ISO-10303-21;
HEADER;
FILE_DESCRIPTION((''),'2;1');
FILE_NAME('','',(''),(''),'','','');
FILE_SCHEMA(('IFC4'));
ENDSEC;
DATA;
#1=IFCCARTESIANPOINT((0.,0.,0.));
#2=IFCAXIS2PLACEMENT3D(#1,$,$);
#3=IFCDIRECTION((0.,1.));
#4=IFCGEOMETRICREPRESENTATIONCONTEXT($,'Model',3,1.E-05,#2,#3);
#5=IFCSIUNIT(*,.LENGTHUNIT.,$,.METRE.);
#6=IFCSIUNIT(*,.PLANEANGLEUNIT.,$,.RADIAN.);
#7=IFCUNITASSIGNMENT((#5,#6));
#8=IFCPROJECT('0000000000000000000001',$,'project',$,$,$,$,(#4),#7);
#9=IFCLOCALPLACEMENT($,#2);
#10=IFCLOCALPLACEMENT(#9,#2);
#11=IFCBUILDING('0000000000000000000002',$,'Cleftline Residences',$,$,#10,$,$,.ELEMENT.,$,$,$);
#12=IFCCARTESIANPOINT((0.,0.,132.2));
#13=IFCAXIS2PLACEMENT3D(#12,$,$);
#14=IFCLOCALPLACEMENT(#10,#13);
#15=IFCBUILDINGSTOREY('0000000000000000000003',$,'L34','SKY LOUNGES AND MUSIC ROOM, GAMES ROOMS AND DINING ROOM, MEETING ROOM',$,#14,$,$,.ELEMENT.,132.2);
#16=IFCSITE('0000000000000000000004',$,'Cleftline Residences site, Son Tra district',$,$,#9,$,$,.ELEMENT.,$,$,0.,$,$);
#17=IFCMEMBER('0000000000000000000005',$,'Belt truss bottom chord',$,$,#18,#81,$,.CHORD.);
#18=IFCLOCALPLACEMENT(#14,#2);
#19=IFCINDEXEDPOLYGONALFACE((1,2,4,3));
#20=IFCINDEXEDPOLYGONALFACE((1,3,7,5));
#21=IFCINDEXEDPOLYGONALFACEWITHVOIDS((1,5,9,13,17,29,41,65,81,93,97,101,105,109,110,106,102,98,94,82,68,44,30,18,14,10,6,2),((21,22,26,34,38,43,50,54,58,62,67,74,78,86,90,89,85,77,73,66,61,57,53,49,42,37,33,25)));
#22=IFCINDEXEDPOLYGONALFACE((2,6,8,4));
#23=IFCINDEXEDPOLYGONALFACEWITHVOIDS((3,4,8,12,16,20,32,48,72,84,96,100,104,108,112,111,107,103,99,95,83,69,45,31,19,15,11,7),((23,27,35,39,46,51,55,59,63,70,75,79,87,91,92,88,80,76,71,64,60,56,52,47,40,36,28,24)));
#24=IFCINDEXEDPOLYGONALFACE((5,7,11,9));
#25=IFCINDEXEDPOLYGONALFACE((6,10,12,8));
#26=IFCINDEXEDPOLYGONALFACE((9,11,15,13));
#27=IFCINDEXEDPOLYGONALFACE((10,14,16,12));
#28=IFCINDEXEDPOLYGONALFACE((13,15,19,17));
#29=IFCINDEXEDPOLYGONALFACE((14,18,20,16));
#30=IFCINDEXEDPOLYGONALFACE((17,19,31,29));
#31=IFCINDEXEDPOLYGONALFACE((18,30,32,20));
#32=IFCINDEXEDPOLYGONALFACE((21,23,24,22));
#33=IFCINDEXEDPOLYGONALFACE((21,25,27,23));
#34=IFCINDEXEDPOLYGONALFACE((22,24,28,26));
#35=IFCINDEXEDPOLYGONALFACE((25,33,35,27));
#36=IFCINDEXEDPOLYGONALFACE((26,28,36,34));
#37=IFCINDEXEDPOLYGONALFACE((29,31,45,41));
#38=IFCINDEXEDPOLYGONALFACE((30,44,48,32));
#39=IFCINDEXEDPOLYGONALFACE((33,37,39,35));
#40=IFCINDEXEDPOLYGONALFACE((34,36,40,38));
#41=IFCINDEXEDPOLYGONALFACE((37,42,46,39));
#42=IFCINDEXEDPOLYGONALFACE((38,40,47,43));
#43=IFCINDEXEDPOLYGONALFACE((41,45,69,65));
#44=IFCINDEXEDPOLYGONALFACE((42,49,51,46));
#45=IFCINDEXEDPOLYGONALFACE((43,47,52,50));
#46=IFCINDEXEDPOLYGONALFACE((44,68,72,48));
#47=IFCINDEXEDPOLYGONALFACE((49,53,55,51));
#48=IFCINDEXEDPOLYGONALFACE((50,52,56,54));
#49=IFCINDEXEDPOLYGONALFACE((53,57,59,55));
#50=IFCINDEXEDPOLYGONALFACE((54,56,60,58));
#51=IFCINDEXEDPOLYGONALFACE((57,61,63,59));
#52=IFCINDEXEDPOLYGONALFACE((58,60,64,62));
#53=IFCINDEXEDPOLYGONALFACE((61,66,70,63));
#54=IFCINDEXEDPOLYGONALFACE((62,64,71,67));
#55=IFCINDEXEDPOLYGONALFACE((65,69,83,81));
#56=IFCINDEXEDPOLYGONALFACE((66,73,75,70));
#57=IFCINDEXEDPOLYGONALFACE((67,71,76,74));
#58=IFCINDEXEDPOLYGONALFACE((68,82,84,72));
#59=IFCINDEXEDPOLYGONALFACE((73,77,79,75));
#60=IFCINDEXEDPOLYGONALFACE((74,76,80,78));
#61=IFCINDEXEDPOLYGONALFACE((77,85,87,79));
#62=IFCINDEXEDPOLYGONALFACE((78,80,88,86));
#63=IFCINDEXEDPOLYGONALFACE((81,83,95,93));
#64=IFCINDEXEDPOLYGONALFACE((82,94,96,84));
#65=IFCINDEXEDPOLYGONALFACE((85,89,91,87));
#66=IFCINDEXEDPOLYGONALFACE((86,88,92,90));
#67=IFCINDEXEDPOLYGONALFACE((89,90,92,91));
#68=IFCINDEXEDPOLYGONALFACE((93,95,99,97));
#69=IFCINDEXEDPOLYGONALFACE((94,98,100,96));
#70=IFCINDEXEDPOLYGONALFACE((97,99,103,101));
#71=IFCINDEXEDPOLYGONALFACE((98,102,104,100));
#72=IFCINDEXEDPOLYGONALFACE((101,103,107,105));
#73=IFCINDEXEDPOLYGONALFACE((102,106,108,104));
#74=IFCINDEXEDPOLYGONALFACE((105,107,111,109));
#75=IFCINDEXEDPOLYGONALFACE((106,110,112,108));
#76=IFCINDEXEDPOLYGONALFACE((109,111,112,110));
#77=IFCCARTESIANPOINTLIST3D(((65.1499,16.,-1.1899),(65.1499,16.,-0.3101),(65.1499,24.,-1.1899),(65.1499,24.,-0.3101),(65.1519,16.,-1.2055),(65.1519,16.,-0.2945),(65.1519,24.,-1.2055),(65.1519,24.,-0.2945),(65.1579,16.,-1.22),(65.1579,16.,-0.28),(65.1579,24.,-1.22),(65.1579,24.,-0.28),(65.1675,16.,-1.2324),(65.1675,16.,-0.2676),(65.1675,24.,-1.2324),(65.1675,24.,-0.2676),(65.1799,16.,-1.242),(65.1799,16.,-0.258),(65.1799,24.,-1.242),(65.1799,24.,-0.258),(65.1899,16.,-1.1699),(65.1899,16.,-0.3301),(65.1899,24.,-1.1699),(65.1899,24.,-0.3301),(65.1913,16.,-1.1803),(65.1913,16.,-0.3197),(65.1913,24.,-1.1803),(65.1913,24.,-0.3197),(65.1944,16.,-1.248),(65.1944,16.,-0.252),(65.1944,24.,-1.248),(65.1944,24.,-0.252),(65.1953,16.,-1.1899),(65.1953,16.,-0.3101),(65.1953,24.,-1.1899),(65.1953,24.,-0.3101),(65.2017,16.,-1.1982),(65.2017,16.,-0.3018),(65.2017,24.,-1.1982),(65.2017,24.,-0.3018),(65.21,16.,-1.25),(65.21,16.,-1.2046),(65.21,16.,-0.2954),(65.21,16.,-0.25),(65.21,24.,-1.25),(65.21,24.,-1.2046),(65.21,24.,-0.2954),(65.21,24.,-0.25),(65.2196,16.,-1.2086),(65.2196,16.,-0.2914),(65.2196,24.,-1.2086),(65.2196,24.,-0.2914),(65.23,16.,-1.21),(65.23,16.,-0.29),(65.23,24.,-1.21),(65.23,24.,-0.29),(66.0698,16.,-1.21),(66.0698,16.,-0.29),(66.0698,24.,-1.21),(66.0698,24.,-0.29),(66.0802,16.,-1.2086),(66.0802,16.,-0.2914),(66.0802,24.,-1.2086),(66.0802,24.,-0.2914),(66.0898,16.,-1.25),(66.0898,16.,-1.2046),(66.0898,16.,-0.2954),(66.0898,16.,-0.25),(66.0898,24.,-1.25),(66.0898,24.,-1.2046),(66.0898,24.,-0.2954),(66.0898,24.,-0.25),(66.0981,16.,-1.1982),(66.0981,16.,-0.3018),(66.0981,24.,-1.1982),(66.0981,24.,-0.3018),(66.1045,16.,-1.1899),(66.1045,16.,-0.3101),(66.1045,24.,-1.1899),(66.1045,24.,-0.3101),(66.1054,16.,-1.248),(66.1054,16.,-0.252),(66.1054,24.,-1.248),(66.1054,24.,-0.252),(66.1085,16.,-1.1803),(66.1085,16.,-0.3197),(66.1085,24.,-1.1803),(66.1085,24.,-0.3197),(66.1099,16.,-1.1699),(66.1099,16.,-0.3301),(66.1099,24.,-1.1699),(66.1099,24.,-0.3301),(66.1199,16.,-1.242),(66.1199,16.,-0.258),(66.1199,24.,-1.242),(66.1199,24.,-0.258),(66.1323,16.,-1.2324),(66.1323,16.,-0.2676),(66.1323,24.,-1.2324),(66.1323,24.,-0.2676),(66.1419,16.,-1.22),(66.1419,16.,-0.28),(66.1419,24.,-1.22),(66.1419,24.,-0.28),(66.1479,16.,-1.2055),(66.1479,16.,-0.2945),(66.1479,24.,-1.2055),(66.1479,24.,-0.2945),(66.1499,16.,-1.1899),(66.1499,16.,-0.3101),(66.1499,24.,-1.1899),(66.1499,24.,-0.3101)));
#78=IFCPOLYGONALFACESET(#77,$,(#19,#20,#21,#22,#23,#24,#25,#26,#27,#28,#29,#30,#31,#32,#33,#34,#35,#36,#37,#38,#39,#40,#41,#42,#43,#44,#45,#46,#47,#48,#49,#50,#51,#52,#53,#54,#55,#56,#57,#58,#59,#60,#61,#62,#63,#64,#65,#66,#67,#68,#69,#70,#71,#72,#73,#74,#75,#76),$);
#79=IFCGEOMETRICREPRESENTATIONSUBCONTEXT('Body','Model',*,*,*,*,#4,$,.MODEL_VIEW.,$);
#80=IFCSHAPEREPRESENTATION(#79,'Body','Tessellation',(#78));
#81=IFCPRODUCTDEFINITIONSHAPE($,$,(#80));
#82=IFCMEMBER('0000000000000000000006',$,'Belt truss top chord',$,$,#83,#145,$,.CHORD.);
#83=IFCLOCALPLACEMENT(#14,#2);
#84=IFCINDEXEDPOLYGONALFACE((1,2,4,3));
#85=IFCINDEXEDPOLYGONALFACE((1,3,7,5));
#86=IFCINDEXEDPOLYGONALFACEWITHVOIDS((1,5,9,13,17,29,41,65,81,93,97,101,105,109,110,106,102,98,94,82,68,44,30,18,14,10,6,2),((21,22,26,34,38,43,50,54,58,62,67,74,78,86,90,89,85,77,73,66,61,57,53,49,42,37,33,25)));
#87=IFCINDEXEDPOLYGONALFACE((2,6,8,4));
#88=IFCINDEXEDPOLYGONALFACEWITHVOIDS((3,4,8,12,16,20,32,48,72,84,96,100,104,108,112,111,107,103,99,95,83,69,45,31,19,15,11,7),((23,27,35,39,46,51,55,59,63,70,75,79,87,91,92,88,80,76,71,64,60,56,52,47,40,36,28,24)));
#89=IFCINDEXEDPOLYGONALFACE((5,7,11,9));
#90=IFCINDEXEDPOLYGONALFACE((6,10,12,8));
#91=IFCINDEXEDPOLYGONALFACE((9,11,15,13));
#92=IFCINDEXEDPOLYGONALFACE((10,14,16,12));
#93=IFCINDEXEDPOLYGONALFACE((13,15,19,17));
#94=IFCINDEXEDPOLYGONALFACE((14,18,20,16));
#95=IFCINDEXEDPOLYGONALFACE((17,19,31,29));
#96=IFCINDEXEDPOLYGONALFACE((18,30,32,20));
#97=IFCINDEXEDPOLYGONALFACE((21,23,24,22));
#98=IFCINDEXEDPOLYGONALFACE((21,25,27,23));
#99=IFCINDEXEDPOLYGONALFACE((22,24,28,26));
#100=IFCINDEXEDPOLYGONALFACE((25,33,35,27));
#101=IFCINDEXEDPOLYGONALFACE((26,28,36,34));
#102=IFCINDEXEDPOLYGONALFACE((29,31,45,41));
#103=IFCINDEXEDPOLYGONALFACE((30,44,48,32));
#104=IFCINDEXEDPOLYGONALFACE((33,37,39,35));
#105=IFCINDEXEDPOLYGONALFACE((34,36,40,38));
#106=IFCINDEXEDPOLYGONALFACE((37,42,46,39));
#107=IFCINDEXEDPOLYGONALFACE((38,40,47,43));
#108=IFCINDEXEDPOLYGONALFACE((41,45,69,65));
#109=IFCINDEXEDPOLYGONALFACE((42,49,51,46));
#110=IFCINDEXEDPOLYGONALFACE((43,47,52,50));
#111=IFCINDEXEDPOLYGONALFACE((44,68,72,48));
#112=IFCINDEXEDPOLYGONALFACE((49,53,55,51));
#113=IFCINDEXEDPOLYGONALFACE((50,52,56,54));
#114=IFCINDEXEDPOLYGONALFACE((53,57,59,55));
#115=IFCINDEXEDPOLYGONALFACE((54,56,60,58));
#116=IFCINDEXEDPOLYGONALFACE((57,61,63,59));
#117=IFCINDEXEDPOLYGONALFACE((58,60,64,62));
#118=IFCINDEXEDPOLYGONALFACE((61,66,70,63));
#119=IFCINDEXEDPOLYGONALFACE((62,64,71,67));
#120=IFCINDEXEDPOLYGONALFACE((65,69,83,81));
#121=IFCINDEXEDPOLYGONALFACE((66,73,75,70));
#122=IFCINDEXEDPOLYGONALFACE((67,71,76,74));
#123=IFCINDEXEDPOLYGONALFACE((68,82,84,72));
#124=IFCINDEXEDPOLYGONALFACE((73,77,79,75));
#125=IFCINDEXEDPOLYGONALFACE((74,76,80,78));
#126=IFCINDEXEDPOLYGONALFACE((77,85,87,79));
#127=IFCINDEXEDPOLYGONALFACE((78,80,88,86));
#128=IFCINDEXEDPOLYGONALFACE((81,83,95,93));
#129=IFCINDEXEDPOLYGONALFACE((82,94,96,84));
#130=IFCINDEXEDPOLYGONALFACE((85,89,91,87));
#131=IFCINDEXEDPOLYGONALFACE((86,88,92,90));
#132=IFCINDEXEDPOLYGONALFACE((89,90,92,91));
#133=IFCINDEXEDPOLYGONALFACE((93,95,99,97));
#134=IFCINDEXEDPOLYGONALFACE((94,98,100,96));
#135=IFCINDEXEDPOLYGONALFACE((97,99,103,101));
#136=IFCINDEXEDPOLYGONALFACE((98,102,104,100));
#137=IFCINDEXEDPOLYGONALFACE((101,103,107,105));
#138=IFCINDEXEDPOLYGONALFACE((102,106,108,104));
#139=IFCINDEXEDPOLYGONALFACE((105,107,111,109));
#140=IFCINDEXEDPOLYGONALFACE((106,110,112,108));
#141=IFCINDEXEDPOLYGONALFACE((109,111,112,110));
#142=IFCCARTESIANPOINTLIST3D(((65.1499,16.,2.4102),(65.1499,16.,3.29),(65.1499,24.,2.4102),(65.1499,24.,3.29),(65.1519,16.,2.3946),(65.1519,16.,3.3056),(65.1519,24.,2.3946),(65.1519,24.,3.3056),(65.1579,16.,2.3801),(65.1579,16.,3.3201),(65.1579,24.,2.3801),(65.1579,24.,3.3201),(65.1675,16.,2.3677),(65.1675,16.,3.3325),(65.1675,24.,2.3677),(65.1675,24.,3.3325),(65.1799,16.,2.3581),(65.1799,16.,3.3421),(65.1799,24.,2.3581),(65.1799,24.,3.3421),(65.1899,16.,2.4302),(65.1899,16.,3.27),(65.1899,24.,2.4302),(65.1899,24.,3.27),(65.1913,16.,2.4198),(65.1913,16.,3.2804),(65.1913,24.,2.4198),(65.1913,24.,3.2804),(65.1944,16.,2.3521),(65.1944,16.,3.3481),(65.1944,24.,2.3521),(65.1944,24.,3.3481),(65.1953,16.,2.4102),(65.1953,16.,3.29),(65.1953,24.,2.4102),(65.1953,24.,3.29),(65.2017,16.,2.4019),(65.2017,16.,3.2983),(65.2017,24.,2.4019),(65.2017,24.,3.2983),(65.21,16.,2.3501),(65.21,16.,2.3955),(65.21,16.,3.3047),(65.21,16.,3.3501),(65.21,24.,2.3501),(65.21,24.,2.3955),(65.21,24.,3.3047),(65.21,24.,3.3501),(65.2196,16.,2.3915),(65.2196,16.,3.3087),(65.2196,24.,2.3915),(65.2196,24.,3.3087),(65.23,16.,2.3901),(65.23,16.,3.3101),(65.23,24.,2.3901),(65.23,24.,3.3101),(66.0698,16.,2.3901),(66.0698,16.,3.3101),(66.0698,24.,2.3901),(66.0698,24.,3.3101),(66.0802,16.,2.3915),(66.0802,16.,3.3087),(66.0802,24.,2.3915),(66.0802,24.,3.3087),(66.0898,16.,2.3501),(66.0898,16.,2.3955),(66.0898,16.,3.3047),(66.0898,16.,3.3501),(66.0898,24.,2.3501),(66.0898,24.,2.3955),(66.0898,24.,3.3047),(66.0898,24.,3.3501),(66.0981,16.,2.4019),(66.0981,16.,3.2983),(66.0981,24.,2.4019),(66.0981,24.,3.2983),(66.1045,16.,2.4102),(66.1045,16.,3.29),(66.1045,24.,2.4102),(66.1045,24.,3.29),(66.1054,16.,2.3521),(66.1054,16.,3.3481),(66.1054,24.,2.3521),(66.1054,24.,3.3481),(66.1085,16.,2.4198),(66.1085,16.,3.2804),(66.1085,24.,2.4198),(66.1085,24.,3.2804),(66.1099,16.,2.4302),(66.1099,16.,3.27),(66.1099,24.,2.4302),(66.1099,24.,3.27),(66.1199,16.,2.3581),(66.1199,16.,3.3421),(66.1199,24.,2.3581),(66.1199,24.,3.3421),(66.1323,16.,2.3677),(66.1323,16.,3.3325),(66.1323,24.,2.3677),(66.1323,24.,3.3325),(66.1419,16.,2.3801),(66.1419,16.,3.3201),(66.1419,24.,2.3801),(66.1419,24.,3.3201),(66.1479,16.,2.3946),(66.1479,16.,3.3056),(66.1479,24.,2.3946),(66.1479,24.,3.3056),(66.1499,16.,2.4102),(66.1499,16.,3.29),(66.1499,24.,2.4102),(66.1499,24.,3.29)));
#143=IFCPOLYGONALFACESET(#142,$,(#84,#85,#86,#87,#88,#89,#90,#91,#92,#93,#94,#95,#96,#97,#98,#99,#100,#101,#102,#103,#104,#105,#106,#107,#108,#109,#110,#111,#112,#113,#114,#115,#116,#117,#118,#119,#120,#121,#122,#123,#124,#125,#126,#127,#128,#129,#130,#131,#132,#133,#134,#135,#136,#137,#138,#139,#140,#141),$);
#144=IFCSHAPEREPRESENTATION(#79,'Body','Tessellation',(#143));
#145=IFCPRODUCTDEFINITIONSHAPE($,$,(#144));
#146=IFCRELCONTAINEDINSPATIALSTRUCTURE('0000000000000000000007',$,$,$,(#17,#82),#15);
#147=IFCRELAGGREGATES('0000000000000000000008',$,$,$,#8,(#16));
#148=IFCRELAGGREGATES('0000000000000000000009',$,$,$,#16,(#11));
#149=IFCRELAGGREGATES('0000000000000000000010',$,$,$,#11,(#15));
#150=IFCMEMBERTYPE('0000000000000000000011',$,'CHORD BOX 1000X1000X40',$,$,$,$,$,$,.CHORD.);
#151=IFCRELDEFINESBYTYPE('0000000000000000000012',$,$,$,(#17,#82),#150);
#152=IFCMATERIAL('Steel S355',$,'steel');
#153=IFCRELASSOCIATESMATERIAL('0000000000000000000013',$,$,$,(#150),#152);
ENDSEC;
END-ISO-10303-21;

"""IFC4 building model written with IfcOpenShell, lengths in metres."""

from ifc_helpers import new_model, si_unit, direction, frame, origin, origin_2d, place, context, subcontext, project, spatial, hollow_rectangle, extrude, material, material_profile, profile_set, type_object, element, save


model = new_model("IFC4")

# Units and contexts
model_context = context("Model", 3, precision=1e-05, world=origin(), true_north=direction((0.0, 1.0)))
body_context = subcontext(model_context, "Body", "Model", "MODEL_VIEW")
ifc_project = project(units=[si_unit("LENGTHUNIT", "METRE"), si_unit("PLANEANGLEUNIT", "RADIAN")], contexts=[model_context])

# Site, building, storey
site_placement = place(None, origin())
site = spatial("IfcSite", under=ifc_project, at=site_placement, Name="Cleftline Residences site, Son Tra district", CompositionType="ELEMENT", RefElevation=0.0)
building_placement = place(site_placement, origin())
building = spatial("IfcBuilding", under=site, at=building_placement, Name="Cleftline Residences", CompositionType="ELEMENT")
storey_placement = place(building_placement, frame((0.0, 0.0, 132.2)))
storey = spatial("IfcBuildingStorey", under=building, at=storey_placement, Name="L34", Description="SKY LOUNGES AND MUSIC ROOM, GAMES ROOMS AND DINING ROOM, MEETING ROOM", CompositionType="ELEMENT", Elevation=132.2)

# Members
ifc_material_1 = material(Name="Steel S355", Category="steel")
ifc_material_profile_1 = material_profile(ifc_material_1, hollow_rectangle(XDim=1.0, YDim=1.0, WallThickness=0.04, InnerFilletRadius=0.04, OuterFilletRadius=0.0601, at=origin_2d()))
ifc_profile_set_1 = profile_set([ifc_material_profile_1], Name="Steel S355")
member_type_1 = type_object("IfcMemberType", Name="CHORD BOX 1000X1000X40", PredefinedType="CHORD", material=ifc_profile_set_1)
for number, where, z_axis, x_axis, name in (
    (1, (65.6499, 16.0, -0.75), (0.0, 1.0, 0.0), (-1.0, 0.0, 0.0), "Belt truss bottom chord"),
    (2, (65.6499, 16.0, 2.8501), (0.0, 1.0, 0.0), (-1.0, 0.0, 0.0), "Belt truss top chord"),
):
    element("IfcMember", number, at=place(storey_placement, frame(where, z_axis=z_axis, x_axis=x_axis)), inside=storey, type_object=member_type_1, Name=name, PredefinedType="CHORD", context=body_context, shape_type="SweptSolid", body=[
        extrude(hollow_rectangle(XDim=1.0, YDim=1.0, WallThickness=0.04, InnerFilletRadius=0.04, OuterFilletRadius=0.0601, at=origin_2d()), origin(), (0.0, 0.0, 1.0), 8.0),
    ])

save(model, "model.ifc")
